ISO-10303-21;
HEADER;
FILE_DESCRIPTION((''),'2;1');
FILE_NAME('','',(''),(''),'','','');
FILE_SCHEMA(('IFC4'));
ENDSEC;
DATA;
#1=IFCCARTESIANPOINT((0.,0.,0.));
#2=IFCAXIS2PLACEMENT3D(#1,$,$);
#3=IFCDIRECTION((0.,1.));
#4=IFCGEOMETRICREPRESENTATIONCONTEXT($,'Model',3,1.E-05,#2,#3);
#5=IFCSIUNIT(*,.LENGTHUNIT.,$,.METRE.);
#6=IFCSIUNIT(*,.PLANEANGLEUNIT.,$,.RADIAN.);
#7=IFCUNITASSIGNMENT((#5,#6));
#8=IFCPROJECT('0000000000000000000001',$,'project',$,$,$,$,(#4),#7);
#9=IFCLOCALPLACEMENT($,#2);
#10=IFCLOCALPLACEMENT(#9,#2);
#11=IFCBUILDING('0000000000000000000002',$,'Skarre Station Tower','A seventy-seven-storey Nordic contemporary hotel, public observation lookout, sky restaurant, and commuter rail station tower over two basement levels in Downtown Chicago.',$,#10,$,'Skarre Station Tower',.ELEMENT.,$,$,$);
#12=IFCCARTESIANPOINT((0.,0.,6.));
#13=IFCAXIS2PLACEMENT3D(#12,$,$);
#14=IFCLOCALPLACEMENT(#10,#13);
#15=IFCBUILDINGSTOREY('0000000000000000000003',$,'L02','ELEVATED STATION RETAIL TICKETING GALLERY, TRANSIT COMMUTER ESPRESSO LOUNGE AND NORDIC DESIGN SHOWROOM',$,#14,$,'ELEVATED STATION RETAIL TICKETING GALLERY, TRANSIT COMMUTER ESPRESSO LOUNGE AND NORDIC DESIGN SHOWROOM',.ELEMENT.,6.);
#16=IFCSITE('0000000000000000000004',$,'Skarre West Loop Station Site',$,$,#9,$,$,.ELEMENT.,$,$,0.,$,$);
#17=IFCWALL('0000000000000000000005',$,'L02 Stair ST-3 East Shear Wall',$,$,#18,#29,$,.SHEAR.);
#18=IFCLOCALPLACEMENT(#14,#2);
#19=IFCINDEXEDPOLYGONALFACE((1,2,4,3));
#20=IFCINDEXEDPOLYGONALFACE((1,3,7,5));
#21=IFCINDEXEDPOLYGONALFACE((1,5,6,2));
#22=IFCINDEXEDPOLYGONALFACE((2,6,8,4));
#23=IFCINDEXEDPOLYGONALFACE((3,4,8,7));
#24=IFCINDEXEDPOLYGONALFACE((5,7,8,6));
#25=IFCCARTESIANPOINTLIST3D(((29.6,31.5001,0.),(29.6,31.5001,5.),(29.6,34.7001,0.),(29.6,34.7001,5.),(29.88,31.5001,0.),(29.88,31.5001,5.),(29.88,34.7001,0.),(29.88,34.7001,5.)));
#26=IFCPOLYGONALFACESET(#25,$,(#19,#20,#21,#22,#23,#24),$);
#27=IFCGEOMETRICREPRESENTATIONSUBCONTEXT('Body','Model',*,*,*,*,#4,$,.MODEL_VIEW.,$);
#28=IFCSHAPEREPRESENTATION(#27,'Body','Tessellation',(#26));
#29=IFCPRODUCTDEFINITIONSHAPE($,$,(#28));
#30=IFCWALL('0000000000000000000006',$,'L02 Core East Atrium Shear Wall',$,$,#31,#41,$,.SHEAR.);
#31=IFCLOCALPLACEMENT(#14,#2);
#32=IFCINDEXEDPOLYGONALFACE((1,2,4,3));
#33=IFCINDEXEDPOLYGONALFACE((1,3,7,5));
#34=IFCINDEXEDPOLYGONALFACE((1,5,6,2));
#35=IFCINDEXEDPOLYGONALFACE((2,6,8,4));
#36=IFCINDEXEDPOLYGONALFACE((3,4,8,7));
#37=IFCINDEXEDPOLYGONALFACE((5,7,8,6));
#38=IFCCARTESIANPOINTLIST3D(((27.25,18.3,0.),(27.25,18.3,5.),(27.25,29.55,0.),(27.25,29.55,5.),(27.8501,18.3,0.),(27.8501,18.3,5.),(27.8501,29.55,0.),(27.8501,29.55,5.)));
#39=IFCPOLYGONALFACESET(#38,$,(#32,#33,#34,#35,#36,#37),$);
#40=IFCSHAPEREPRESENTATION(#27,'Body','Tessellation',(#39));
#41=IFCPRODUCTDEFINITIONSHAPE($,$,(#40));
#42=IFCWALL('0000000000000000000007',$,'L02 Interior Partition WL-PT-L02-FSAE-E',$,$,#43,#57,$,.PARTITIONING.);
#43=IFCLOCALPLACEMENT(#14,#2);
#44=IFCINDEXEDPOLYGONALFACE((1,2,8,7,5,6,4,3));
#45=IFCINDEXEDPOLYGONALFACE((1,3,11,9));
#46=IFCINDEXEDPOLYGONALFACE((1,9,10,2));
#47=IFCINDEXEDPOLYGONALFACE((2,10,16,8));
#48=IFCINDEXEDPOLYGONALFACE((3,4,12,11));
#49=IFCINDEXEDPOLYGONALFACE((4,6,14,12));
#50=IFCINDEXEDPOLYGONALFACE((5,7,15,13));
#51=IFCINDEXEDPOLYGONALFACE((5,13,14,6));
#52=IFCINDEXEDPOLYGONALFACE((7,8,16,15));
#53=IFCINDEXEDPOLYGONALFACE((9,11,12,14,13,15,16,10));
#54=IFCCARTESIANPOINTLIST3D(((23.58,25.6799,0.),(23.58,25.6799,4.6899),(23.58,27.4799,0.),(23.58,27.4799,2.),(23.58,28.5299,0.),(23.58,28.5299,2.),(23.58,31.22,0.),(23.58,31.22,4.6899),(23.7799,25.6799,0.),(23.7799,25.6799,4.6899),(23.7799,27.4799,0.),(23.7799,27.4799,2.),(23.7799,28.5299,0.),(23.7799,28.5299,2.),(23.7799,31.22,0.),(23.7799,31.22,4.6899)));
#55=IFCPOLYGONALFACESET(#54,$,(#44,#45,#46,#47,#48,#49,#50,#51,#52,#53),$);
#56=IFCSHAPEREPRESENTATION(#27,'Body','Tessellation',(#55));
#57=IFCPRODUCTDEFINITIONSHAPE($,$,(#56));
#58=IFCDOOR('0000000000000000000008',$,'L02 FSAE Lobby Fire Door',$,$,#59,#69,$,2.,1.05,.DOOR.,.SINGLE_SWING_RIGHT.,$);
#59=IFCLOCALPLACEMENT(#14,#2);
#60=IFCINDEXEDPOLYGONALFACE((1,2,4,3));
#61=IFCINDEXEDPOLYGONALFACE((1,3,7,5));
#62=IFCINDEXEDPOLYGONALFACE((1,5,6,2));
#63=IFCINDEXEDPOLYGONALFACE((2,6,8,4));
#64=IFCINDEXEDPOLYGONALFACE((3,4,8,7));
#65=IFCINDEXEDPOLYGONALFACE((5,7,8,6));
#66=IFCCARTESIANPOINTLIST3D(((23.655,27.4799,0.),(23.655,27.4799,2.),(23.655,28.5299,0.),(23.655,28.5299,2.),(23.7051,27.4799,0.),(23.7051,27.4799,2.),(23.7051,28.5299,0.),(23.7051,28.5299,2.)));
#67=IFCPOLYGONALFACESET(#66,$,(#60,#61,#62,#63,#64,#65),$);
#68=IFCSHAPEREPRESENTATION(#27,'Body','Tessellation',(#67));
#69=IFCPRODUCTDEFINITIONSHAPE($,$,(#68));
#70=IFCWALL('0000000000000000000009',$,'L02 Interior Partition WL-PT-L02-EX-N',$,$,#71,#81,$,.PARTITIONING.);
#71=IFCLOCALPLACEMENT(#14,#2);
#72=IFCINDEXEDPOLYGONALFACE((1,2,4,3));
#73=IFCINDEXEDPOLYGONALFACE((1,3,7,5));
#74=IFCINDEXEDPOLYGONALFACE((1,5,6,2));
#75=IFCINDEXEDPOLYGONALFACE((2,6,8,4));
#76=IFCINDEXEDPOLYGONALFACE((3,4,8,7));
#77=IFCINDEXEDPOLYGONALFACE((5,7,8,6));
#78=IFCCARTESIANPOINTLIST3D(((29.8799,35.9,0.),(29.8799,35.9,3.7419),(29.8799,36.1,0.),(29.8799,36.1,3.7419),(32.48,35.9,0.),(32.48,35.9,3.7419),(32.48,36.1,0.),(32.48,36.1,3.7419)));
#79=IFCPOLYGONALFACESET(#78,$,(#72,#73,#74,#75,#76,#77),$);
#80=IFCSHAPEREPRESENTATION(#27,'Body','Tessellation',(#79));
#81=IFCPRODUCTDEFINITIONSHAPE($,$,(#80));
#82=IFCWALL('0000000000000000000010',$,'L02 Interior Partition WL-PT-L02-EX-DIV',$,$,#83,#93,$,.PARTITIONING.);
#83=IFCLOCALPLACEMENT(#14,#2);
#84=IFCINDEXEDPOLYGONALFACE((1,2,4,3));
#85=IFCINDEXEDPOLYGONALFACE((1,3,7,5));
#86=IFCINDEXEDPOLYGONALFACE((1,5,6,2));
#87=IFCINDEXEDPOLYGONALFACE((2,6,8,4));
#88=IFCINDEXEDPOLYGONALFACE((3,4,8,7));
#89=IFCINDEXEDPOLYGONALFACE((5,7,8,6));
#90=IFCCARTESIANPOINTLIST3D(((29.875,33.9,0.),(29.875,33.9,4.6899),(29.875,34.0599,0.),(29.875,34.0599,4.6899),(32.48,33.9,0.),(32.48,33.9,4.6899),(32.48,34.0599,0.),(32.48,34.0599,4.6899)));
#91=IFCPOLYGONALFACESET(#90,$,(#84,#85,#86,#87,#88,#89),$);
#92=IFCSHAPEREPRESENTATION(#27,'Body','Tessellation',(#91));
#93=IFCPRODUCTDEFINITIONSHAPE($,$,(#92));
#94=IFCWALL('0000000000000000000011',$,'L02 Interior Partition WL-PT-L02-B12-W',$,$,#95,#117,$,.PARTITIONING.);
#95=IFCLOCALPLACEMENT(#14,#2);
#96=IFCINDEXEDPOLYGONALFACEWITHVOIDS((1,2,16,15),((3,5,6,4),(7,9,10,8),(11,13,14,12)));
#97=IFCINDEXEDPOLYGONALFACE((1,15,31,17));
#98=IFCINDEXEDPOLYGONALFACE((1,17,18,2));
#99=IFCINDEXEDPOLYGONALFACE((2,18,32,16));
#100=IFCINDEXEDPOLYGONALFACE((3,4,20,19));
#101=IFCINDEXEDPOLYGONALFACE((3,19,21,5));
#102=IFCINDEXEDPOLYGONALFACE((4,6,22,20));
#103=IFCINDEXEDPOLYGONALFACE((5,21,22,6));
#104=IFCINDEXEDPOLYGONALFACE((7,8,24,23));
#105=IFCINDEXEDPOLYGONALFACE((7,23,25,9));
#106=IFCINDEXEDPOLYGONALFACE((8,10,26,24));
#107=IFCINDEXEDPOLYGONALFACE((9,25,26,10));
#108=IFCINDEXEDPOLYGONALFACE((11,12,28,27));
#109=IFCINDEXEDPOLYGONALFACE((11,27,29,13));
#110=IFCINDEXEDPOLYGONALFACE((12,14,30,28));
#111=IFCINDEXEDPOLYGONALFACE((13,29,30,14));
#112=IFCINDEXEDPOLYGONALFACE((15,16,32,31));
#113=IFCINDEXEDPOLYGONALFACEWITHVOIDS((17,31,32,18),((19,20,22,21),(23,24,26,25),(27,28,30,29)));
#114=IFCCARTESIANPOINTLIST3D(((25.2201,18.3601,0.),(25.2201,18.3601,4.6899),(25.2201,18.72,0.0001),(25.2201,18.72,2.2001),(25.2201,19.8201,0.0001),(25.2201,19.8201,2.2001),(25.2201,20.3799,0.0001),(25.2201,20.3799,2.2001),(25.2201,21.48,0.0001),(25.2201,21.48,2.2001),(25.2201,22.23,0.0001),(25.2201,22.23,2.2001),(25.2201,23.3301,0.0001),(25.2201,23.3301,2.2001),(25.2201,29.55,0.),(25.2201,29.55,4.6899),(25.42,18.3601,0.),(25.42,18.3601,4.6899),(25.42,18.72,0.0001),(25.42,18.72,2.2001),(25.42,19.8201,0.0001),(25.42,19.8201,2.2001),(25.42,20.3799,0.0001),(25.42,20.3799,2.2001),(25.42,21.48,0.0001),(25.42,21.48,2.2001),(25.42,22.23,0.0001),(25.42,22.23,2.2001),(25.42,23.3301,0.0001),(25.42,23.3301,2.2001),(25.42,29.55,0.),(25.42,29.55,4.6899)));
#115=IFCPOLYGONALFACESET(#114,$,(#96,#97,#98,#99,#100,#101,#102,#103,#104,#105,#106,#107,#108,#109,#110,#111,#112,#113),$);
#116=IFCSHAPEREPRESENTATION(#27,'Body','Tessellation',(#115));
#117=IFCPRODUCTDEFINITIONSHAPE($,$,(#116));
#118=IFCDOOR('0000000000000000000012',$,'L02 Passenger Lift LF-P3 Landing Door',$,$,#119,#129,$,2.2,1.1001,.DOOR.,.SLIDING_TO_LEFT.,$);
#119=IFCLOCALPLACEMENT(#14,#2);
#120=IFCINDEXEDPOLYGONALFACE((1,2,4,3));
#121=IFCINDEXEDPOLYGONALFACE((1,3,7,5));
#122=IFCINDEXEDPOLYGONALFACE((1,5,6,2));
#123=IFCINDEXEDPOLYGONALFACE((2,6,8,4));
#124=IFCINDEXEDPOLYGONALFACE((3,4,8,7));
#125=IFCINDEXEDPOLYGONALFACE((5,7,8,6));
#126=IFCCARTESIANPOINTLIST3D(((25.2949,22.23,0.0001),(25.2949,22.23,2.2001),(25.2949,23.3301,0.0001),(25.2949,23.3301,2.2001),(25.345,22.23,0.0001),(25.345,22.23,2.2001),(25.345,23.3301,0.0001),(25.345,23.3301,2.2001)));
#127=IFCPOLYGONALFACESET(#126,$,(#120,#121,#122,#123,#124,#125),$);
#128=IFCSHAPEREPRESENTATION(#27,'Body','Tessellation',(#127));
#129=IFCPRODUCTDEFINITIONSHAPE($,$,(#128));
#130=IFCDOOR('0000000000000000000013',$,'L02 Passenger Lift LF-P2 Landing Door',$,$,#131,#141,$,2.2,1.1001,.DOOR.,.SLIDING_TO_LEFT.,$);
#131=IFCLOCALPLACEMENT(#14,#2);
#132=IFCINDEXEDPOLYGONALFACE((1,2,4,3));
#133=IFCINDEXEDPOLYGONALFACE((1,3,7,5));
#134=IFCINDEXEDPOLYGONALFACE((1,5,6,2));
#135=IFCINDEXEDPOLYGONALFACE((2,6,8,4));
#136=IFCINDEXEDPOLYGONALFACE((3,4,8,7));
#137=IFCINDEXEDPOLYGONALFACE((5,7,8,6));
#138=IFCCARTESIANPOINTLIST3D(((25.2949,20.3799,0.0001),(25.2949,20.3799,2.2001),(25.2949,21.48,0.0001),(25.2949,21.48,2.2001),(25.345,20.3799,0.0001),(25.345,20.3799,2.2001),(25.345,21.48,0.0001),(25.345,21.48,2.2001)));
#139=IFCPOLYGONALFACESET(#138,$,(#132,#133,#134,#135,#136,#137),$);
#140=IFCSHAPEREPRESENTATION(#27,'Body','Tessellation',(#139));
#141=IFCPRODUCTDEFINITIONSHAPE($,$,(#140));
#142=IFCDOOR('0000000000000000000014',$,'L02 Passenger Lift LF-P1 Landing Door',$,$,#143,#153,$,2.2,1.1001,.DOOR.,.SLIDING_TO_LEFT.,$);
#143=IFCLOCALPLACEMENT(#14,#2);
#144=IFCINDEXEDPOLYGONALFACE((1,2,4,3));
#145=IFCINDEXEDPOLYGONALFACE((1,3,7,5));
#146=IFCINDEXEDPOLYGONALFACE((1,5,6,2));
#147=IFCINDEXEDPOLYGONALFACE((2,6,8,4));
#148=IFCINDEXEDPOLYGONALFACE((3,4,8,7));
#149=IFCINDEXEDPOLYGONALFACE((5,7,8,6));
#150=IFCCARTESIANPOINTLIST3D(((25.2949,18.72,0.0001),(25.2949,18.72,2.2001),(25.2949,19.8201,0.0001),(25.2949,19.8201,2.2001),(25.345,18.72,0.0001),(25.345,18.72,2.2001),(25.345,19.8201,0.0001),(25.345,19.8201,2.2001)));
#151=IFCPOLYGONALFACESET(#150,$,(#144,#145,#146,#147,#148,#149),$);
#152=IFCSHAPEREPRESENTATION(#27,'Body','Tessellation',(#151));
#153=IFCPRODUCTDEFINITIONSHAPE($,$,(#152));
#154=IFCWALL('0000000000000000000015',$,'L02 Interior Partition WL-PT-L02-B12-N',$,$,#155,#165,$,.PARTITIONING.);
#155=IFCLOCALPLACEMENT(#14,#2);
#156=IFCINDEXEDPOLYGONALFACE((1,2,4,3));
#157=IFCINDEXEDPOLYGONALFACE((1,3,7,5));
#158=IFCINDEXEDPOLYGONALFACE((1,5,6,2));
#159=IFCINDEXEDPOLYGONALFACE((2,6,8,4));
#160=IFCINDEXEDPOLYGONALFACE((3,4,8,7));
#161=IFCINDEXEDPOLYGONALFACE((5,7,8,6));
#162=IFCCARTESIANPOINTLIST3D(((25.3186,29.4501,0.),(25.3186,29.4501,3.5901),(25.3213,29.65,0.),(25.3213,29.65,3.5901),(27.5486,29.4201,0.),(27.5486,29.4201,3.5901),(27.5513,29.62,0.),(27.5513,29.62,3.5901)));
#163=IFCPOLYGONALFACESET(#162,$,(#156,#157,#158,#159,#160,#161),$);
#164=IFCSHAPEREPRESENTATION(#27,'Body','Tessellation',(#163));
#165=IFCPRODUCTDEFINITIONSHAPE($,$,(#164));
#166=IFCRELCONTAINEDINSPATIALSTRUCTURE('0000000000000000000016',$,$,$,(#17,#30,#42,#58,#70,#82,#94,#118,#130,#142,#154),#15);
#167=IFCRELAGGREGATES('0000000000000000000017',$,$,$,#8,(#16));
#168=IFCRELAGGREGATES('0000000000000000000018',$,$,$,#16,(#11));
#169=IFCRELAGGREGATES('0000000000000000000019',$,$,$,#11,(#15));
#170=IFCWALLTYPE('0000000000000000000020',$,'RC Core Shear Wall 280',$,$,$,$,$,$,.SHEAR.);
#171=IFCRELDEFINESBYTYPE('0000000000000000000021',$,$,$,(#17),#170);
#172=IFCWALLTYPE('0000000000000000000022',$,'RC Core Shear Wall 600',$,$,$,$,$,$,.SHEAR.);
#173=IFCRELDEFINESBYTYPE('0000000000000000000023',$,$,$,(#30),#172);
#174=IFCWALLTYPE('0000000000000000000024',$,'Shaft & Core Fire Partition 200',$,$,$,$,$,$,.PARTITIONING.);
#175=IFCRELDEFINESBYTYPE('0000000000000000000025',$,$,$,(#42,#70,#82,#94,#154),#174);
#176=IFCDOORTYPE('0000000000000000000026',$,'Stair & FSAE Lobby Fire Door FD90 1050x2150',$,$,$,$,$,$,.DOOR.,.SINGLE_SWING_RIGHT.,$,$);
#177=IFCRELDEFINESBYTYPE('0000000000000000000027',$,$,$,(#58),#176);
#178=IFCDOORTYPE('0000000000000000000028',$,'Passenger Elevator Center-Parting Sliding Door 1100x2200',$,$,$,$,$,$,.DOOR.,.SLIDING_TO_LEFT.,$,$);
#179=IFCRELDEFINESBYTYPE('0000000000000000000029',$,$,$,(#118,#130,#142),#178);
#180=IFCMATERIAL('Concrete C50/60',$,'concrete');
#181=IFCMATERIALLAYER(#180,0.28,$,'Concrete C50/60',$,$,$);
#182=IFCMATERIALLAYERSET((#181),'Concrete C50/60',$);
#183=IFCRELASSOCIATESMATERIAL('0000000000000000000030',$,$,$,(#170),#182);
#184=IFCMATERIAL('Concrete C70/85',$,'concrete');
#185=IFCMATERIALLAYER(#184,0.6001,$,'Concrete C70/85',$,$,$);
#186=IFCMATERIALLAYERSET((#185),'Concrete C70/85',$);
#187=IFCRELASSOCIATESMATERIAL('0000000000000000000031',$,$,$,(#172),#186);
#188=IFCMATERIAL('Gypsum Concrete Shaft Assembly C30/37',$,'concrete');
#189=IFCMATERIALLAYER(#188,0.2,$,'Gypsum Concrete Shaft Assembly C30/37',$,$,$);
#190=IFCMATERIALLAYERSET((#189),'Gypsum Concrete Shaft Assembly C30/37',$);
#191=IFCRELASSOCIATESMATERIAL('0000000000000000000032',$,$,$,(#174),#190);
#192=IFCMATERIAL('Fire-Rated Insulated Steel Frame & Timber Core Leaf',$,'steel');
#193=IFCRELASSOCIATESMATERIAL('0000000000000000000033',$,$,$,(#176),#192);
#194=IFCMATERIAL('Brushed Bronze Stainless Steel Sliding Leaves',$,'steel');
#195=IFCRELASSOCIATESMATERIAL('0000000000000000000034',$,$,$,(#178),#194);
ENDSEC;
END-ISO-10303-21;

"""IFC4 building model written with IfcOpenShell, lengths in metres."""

from ifc_helpers import new_model, si_unit, direction, frame, frame_2d, origin, place, context, subcontext, project, spatial, rectangle, extrude, material, layer, layer_set, type_object, element, fill, save


model = new_model("IFC4")

# Units and contexts
model_context = context("Model", 3, precision=1e-05, world=origin(), true_north=direction((0.0, 1.0)))
body_context = subcontext(model_context, "Body", "Model", "MODEL_VIEW")
ifc_project = project(units=[si_unit("LENGTHUNIT", "METRE"), si_unit("PLANEANGLEUNIT", "RADIAN")], contexts=[model_context])

# Site, building, storey
site_placement = place(None, origin())
site = spatial("IfcSite", under=ifc_project, at=site_placement, Name="Skarre West Loop Station Site", CompositionType="ELEMENT", RefElevation=0.0)
building_placement = place(site_placement, origin())
building = spatial("IfcBuilding", under=site, at=building_placement, Name="Skarre Station Tower", Description="A seventy-seven-storey Nordic contemporary hotel, public observation lookout, sky restaurant, and commuter rail station tower over two basement levels in Downtown Chicago.", LongName="Skarre Station Tower", CompositionType="ELEMENT")
storey_placement = place(building_placement, frame((0.0, 0.0, 6.0)))
storey = spatial("IfcBuildingStorey", under=building, at=storey_placement, Name="L02", Description="ELEVATED STATION RETAIL TICKETING GALLERY, TRANSIT COMMUTER ESPRESSO LOUNGE AND NORDIC DESIGN SHOWROOM", LongName="ELEVATED STATION RETAIL TICKETING GALLERY, TRANSIT COMMUTER ESPRESSO LOUNGE AND NORDIC DESIGN SHOWROOM", CompositionType="ELEMENT", Elevation=6.0)

# Shared definitions
ifc_material_1 = material(Name="Concrete C70/85", Category="concrete")

# Walls
ifc_material_2 = material(Name="Concrete C50/60", Category="concrete")
ifc_layer_1 = layer(ifc_material_2, 0.28, Name="Concrete C50/60")
ifc_layer_set_1 = layer_set([ifc_layer_1], Name="Concrete C50/60")
wall_type_1 = type_object("IfcWallType", Name="RC Core Shear Wall 280", PredefinedType="SHEAR", material=ifc_layer_set_1)
wall_1_placement = place(storey_placement, frame((29.74, 31.5, 0.0), z_axis=(0.0, 0.0, 1.0), x_axis=(0.0, 1.0, 0.0)))
element("IfcWall", 1, at=wall_1_placement, inside=storey, type_object=wall_type_1, Name="L02 Stair ST-3 East Shear Wall", PredefinedType="SHEAR", context=body_context, shape_type="SweptSolid", body=[
    extrude(rectangle(XDim=3.2, YDim=0.28, at=frame_2d((1.6001, 0.0))), origin(), (0.0, 0.0, 1.0), 5.0),
])
ifc_layer_2 = layer(ifc_material_1, 0.6001, Name="Concrete C70/85")
ifc_layer_set_2 = layer_set([ifc_layer_2], Name="Concrete C70/85")
wall_type_2 = type_object("IfcWallType", Name="RC Core Shear Wall 600", PredefinedType="SHEAR", material=ifc_layer_set_2)
wall_2_placement = place(storey_placement, frame((27.55, 29.55, 0.0), z_axis=(0.0, 0.0, 1.0), x_axis=(0.0, -1.0, 0.0)))
element("IfcWall", 2, at=wall_2_placement, inside=storey, type_object=wall_type_2, Name="L02 Core East Atrium Shear Wall", PredefinedType="SHEAR", context=body_context, shape_type="SweptSolid", body=[
    extrude(rectangle(XDim=11.25, YDim=0.6001, at=frame_2d((5.625, 0.0))), origin(), (0.0, 0.0, 1.0), 5.0),
])

# Wall, opening, door
ifc_material_3 = material(Name="Gypsum Concrete Shaft Assembly C30/37", Category="concrete")
ifc_layer_3 = layer(ifc_material_3, 0.2, Name="Gypsum Concrete Shaft Assembly C30/37")
ifc_layer_set_3 = layer_set([ifc_layer_3], Name="Gypsum Concrete Shaft Assembly C30/37")
wall_type_3 = type_object("IfcWallType", Name="Shaft & Core Fire Partition 200", PredefinedType="PARTITIONING", material=ifc_layer_set_3)
wall_3_placement = place(storey_placement, frame((23.6799, 25.6799, 0.0), z_axis=(0.0, 0.0, 1.0), x_axis=(0.0, 1.0, 0.0)))
wall_3 = element("IfcWall", 3, at=wall_3_placement, inside=storey, type_object=wall_type_3, Name="L02 Interior Partition WL-PT-L02-FSAE-E", PredefinedType="PARTITIONING", context=body_context, shape_type="SweptSolid", body=[
    extrude(rectangle(XDim=5.54, YDim=0.2, at=frame_2d((2.77, 0.0))), origin(), (0.0, 0.0, 1.0), 4.6899),
])
opening_1_placement = place(wall_3_placement, frame((1.8, 0.0, 0.0)))
opening_1 = element("IfcOpeningElement", 4, at=opening_1_placement, cuts=wall_3, PredefinedType="OPENING", context=body_context, shape_type="SweptSolid", body=[
    extrude(rectangle(XDim=1.05, YDim=2.0, at=frame_2d((0.5249, 1.0))), frame((0.0, 0.1099, 0.0), z_axis=(0.0, -1.0, 0.0), x_axis=(1.0, 0.0, 0.0)), (0.0, 0.0, 1.0), 0.22),
])
ifc_material_4 = material(Name="Fire-Rated Insulated Steel Frame & Timber Core Leaf", Category="steel")
door_type_1 = type_object("IfcDoorType", Name="Stair & FSAE Lobby Fire Door FD90 1050x2150", OperationType="SINGLE_SWING_RIGHT", PredefinedType="DOOR", material=ifc_material_4)
door_1_placement = place(opening_1_placement, origin())
door_1 = element("IfcDoor", 5, at=door_1_placement, inside=storey, type_object=door_type_1, Name="L02 FSAE Lobby Fire Door", OperationType="SINGLE_SWING_RIGHT", OverallHeight=2.0, OverallWidth=1.05, PredefinedType="DOOR", context=body_context, shape_type="SweptSolid", body=[
    extrude(rectangle(XDim=1.05, YDim=2.0, at=frame_2d((0.5249, 1.0))), frame((0.0, 0.0249, 0.0), z_axis=(0.0, -1.0, 0.0), x_axis=(1.0, 0.0, 0.0)), (0.0, 0.0, 1.0), 0.05),
])
fill(opening_1, door_1)

# Walls
wall_4_placement = place(storey_placement, frame((29.8799, 36.0, 0.0), z_axis=(0.0, 0.0, 1.0), x_axis=(1.0, 0.0, 0.0)))
element("IfcWall", 6, at=wall_4_placement, inside=storey, type_object=wall_type_3, Name="L02 Interior Partition WL-PT-L02-EX-N", PredefinedType="PARTITIONING", context=body_context, shape_type="SweptSolid", body=[
    extrude(rectangle(XDim=2.6001, YDim=0.2, at=frame_2d((1.3, 0.0))), origin(), (0.0, 0.0, 1.0), 3.7419),
])
wall_5_placement = place(storey_placement, frame((29.875, 33.98, 0.0), z_axis=(0.0, 0.0, 1.0), x_axis=(1.0, 0.0, 0.0)))
element("IfcWall", 7, at=wall_5_placement, inside=storey, type_object=wall_type_3, Name="L02 Interior Partition WL-PT-L02-EX-DIV", PredefinedType="PARTITIONING", context=body_context, shape_type="SweptSolid", body=[
    extrude(rectangle(XDim=2.605, YDim=0.1599, at=frame_2d((1.3025, 0.0))), origin(), (0.0, 0.0, 1.0), 4.6899),
])

# Wall, openings, doors
wall_6_placement = place(storey_placement, frame((25.3201, 29.55, 0.0), z_axis=(0.0, 0.0, 1.0), x_axis=(0.0, -1.0, 0.0)))
wall_6 = element("IfcWall", 8, at=wall_6_placement, inside=storey, type_object=wall_type_3, Name="L02 Interior Partition WL-PT-L02-B12-W", PredefinedType="PARTITIONING", context=body_context, shape_type="SweptSolid", body=[
    extrude(rectangle(XDim=11.1899, YDim=0.2, at=frame_2d((5.595, 0.0))), origin(), (0.0, 0.0, 1.0), 4.6899),
])
opening_2_placement = place(wall_6_placement, frame((6.22, 0.0, 0.0)))
opening_2 = element("IfcOpeningElement", 9, at=opening_2_placement, cuts=wall_6, PredefinedType="OPENING", context=body_context, shape_type="SweptSolid", body=[
    extrude(rectangle(XDim=1.1001, YDim=2.2, at=frame_2d((0.55, 1.1001))), frame((0.0, 0.1099, 0.0), z_axis=(0.0, -1.0, 0.0), x_axis=(1.0, 0.0, 0.0)), (0.0, 0.0, 1.0), 0.22),
])
opening_3_placement = place(wall_6_placement, frame((8.0701, 0.0, 0.0)))
opening_3 = element("IfcOpeningElement", 10, at=opening_3_placement, cuts=wall_6, PredefinedType="OPENING", context=body_context, shape_type="SweptSolid", body=[
    extrude(rectangle(XDim=1.1001, YDim=2.2, at=frame_2d((0.55, 1.1001))), frame((0.0, 0.1099, 0.0), z_axis=(0.0, -1.0, 0.0), x_axis=(1.0, 0.0, 0.0)), (0.0, 0.0, 1.0), 0.22),
])
opening_4_placement = place(wall_6_placement, frame((9.73, 0.0, 0.0)))
opening_4 = element("IfcOpeningElement", 11, at=opening_4_placement, cuts=wall_6, PredefinedType="OPENING", context=body_context, shape_type="SweptSolid", body=[
    extrude(rectangle(XDim=1.1001, YDim=2.2, at=frame_2d((0.55, 1.1001))), frame((0.0, 0.1099, 0.0), z_axis=(0.0, -1.0, 0.0), x_axis=(1.0, 0.0, 0.0)), (0.0, 0.0, 1.0), 0.22),
])
ifc_material_5 = material(Name="Brushed Bronze Stainless Steel Sliding Leaves", Category="steel")
door_type_2 = type_object("IfcDoorType", Name="Passenger Elevator Center-Parting Sliding Door 1100x2200", OperationType="SLIDING_TO_LEFT", PredefinedType="DOOR", material=ifc_material_5)
door_2_placement = place(opening_2_placement, origin())
door_2 = element("IfcDoor", 12, at=door_2_placement, inside=storey, type_object=door_type_2, Name="L02 Passenger Lift LF-P3 Landing Door", OperationType="SLIDING_TO_LEFT", OverallHeight=2.2, OverallWidth=1.1001, PredefinedType="DOOR", context=body_context, shape_type="SweptSolid", body=[
    extrude(rectangle(XDim=1.1001, YDim=2.2, at=frame_2d((0.55, 1.1001))), frame((0.0, 0.0249, 0.0), z_axis=(0.0, -1.0, 0.0), x_axis=(1.0, 0.0, 0.0)), (0.0, 0.0, 1.0), 0.05),
])
fill(opening_2, door_2)
door_3_placement = place(opening_3_placement, origin())
door_3 = element("IfcDoor", 13, at=door_3_placement, inside=storey, type_object=door_type_2, Name="L02 Passenger Lift LF-P2 Landing Door", OperationType="SLIDING_TO_LEFT", OverallHeight=2.2, OverallWidth=1.1001, PredefinedType="DOOR", context=body_context, shape_type="SweptSolid", body=[
    extrude(rectangle(XDim=1.1001, YDim=2.2, at=frame_2d((0.55, 1.1001))), frame((0.0, 0.0249, 0.0), z_axis=(0.0, -1.0, 0.0), x_axis=(1.0, 0.0, 0.0)), (0.0, 0.0, 1.0), 0.05),
])
fill(opening_3, door_3)
door_4_placement = place(opening_4_placement, origin())
door_4 = element("IfcDoor", 14, at=door_4_placement, inside=storey, type_object=door_type_2, Name="L02 Passenger Lift LF-P1 Landing Door", OperationType="SLIDING_TO_LEFT", OverallHeight=2.2, OverallWidth=1.1001, PredefinedType="DOOR", context=body_context, shape_type="SweptSolid", body=[
    extrude(rectangle(XDim=1.1001, YDim=2.2, at=frame_2d((0.55, 1.1001))), frame((0.0, 0.0249, 0.0), z_axis=(0.0, -1.0, 0.0), x_axis=(1.0, 0.0, 0.0)), (0.0, 0.0, 1.0), 0.05),
])
fill(opening_4, door_4)

# Wall
wall_7_placement = place(storey_placement, frame((27.55, 29.52, 0.0), z_axis=(0.0, 0.0, 1.0), x_axis=(-0.999909, 0.013465, 0.0)))
element("IfcWall", 15, at=wall_7_placement, inside=storey, type_object=wall_type_3, Name="L02 Interior Partition WL-PT-L02-B12-N", PredefinedType="PARTITIONING", context=body_context, shape_type="SweptSolid", body=[
    extrude(rectangle(XDim=2.2302, YDim=0.2, at=frame_2d((1.1152, 0.0))), origin(), (0.0, 0.0, 1.0), 3.5901),
])

save(model, "model.ifc")
